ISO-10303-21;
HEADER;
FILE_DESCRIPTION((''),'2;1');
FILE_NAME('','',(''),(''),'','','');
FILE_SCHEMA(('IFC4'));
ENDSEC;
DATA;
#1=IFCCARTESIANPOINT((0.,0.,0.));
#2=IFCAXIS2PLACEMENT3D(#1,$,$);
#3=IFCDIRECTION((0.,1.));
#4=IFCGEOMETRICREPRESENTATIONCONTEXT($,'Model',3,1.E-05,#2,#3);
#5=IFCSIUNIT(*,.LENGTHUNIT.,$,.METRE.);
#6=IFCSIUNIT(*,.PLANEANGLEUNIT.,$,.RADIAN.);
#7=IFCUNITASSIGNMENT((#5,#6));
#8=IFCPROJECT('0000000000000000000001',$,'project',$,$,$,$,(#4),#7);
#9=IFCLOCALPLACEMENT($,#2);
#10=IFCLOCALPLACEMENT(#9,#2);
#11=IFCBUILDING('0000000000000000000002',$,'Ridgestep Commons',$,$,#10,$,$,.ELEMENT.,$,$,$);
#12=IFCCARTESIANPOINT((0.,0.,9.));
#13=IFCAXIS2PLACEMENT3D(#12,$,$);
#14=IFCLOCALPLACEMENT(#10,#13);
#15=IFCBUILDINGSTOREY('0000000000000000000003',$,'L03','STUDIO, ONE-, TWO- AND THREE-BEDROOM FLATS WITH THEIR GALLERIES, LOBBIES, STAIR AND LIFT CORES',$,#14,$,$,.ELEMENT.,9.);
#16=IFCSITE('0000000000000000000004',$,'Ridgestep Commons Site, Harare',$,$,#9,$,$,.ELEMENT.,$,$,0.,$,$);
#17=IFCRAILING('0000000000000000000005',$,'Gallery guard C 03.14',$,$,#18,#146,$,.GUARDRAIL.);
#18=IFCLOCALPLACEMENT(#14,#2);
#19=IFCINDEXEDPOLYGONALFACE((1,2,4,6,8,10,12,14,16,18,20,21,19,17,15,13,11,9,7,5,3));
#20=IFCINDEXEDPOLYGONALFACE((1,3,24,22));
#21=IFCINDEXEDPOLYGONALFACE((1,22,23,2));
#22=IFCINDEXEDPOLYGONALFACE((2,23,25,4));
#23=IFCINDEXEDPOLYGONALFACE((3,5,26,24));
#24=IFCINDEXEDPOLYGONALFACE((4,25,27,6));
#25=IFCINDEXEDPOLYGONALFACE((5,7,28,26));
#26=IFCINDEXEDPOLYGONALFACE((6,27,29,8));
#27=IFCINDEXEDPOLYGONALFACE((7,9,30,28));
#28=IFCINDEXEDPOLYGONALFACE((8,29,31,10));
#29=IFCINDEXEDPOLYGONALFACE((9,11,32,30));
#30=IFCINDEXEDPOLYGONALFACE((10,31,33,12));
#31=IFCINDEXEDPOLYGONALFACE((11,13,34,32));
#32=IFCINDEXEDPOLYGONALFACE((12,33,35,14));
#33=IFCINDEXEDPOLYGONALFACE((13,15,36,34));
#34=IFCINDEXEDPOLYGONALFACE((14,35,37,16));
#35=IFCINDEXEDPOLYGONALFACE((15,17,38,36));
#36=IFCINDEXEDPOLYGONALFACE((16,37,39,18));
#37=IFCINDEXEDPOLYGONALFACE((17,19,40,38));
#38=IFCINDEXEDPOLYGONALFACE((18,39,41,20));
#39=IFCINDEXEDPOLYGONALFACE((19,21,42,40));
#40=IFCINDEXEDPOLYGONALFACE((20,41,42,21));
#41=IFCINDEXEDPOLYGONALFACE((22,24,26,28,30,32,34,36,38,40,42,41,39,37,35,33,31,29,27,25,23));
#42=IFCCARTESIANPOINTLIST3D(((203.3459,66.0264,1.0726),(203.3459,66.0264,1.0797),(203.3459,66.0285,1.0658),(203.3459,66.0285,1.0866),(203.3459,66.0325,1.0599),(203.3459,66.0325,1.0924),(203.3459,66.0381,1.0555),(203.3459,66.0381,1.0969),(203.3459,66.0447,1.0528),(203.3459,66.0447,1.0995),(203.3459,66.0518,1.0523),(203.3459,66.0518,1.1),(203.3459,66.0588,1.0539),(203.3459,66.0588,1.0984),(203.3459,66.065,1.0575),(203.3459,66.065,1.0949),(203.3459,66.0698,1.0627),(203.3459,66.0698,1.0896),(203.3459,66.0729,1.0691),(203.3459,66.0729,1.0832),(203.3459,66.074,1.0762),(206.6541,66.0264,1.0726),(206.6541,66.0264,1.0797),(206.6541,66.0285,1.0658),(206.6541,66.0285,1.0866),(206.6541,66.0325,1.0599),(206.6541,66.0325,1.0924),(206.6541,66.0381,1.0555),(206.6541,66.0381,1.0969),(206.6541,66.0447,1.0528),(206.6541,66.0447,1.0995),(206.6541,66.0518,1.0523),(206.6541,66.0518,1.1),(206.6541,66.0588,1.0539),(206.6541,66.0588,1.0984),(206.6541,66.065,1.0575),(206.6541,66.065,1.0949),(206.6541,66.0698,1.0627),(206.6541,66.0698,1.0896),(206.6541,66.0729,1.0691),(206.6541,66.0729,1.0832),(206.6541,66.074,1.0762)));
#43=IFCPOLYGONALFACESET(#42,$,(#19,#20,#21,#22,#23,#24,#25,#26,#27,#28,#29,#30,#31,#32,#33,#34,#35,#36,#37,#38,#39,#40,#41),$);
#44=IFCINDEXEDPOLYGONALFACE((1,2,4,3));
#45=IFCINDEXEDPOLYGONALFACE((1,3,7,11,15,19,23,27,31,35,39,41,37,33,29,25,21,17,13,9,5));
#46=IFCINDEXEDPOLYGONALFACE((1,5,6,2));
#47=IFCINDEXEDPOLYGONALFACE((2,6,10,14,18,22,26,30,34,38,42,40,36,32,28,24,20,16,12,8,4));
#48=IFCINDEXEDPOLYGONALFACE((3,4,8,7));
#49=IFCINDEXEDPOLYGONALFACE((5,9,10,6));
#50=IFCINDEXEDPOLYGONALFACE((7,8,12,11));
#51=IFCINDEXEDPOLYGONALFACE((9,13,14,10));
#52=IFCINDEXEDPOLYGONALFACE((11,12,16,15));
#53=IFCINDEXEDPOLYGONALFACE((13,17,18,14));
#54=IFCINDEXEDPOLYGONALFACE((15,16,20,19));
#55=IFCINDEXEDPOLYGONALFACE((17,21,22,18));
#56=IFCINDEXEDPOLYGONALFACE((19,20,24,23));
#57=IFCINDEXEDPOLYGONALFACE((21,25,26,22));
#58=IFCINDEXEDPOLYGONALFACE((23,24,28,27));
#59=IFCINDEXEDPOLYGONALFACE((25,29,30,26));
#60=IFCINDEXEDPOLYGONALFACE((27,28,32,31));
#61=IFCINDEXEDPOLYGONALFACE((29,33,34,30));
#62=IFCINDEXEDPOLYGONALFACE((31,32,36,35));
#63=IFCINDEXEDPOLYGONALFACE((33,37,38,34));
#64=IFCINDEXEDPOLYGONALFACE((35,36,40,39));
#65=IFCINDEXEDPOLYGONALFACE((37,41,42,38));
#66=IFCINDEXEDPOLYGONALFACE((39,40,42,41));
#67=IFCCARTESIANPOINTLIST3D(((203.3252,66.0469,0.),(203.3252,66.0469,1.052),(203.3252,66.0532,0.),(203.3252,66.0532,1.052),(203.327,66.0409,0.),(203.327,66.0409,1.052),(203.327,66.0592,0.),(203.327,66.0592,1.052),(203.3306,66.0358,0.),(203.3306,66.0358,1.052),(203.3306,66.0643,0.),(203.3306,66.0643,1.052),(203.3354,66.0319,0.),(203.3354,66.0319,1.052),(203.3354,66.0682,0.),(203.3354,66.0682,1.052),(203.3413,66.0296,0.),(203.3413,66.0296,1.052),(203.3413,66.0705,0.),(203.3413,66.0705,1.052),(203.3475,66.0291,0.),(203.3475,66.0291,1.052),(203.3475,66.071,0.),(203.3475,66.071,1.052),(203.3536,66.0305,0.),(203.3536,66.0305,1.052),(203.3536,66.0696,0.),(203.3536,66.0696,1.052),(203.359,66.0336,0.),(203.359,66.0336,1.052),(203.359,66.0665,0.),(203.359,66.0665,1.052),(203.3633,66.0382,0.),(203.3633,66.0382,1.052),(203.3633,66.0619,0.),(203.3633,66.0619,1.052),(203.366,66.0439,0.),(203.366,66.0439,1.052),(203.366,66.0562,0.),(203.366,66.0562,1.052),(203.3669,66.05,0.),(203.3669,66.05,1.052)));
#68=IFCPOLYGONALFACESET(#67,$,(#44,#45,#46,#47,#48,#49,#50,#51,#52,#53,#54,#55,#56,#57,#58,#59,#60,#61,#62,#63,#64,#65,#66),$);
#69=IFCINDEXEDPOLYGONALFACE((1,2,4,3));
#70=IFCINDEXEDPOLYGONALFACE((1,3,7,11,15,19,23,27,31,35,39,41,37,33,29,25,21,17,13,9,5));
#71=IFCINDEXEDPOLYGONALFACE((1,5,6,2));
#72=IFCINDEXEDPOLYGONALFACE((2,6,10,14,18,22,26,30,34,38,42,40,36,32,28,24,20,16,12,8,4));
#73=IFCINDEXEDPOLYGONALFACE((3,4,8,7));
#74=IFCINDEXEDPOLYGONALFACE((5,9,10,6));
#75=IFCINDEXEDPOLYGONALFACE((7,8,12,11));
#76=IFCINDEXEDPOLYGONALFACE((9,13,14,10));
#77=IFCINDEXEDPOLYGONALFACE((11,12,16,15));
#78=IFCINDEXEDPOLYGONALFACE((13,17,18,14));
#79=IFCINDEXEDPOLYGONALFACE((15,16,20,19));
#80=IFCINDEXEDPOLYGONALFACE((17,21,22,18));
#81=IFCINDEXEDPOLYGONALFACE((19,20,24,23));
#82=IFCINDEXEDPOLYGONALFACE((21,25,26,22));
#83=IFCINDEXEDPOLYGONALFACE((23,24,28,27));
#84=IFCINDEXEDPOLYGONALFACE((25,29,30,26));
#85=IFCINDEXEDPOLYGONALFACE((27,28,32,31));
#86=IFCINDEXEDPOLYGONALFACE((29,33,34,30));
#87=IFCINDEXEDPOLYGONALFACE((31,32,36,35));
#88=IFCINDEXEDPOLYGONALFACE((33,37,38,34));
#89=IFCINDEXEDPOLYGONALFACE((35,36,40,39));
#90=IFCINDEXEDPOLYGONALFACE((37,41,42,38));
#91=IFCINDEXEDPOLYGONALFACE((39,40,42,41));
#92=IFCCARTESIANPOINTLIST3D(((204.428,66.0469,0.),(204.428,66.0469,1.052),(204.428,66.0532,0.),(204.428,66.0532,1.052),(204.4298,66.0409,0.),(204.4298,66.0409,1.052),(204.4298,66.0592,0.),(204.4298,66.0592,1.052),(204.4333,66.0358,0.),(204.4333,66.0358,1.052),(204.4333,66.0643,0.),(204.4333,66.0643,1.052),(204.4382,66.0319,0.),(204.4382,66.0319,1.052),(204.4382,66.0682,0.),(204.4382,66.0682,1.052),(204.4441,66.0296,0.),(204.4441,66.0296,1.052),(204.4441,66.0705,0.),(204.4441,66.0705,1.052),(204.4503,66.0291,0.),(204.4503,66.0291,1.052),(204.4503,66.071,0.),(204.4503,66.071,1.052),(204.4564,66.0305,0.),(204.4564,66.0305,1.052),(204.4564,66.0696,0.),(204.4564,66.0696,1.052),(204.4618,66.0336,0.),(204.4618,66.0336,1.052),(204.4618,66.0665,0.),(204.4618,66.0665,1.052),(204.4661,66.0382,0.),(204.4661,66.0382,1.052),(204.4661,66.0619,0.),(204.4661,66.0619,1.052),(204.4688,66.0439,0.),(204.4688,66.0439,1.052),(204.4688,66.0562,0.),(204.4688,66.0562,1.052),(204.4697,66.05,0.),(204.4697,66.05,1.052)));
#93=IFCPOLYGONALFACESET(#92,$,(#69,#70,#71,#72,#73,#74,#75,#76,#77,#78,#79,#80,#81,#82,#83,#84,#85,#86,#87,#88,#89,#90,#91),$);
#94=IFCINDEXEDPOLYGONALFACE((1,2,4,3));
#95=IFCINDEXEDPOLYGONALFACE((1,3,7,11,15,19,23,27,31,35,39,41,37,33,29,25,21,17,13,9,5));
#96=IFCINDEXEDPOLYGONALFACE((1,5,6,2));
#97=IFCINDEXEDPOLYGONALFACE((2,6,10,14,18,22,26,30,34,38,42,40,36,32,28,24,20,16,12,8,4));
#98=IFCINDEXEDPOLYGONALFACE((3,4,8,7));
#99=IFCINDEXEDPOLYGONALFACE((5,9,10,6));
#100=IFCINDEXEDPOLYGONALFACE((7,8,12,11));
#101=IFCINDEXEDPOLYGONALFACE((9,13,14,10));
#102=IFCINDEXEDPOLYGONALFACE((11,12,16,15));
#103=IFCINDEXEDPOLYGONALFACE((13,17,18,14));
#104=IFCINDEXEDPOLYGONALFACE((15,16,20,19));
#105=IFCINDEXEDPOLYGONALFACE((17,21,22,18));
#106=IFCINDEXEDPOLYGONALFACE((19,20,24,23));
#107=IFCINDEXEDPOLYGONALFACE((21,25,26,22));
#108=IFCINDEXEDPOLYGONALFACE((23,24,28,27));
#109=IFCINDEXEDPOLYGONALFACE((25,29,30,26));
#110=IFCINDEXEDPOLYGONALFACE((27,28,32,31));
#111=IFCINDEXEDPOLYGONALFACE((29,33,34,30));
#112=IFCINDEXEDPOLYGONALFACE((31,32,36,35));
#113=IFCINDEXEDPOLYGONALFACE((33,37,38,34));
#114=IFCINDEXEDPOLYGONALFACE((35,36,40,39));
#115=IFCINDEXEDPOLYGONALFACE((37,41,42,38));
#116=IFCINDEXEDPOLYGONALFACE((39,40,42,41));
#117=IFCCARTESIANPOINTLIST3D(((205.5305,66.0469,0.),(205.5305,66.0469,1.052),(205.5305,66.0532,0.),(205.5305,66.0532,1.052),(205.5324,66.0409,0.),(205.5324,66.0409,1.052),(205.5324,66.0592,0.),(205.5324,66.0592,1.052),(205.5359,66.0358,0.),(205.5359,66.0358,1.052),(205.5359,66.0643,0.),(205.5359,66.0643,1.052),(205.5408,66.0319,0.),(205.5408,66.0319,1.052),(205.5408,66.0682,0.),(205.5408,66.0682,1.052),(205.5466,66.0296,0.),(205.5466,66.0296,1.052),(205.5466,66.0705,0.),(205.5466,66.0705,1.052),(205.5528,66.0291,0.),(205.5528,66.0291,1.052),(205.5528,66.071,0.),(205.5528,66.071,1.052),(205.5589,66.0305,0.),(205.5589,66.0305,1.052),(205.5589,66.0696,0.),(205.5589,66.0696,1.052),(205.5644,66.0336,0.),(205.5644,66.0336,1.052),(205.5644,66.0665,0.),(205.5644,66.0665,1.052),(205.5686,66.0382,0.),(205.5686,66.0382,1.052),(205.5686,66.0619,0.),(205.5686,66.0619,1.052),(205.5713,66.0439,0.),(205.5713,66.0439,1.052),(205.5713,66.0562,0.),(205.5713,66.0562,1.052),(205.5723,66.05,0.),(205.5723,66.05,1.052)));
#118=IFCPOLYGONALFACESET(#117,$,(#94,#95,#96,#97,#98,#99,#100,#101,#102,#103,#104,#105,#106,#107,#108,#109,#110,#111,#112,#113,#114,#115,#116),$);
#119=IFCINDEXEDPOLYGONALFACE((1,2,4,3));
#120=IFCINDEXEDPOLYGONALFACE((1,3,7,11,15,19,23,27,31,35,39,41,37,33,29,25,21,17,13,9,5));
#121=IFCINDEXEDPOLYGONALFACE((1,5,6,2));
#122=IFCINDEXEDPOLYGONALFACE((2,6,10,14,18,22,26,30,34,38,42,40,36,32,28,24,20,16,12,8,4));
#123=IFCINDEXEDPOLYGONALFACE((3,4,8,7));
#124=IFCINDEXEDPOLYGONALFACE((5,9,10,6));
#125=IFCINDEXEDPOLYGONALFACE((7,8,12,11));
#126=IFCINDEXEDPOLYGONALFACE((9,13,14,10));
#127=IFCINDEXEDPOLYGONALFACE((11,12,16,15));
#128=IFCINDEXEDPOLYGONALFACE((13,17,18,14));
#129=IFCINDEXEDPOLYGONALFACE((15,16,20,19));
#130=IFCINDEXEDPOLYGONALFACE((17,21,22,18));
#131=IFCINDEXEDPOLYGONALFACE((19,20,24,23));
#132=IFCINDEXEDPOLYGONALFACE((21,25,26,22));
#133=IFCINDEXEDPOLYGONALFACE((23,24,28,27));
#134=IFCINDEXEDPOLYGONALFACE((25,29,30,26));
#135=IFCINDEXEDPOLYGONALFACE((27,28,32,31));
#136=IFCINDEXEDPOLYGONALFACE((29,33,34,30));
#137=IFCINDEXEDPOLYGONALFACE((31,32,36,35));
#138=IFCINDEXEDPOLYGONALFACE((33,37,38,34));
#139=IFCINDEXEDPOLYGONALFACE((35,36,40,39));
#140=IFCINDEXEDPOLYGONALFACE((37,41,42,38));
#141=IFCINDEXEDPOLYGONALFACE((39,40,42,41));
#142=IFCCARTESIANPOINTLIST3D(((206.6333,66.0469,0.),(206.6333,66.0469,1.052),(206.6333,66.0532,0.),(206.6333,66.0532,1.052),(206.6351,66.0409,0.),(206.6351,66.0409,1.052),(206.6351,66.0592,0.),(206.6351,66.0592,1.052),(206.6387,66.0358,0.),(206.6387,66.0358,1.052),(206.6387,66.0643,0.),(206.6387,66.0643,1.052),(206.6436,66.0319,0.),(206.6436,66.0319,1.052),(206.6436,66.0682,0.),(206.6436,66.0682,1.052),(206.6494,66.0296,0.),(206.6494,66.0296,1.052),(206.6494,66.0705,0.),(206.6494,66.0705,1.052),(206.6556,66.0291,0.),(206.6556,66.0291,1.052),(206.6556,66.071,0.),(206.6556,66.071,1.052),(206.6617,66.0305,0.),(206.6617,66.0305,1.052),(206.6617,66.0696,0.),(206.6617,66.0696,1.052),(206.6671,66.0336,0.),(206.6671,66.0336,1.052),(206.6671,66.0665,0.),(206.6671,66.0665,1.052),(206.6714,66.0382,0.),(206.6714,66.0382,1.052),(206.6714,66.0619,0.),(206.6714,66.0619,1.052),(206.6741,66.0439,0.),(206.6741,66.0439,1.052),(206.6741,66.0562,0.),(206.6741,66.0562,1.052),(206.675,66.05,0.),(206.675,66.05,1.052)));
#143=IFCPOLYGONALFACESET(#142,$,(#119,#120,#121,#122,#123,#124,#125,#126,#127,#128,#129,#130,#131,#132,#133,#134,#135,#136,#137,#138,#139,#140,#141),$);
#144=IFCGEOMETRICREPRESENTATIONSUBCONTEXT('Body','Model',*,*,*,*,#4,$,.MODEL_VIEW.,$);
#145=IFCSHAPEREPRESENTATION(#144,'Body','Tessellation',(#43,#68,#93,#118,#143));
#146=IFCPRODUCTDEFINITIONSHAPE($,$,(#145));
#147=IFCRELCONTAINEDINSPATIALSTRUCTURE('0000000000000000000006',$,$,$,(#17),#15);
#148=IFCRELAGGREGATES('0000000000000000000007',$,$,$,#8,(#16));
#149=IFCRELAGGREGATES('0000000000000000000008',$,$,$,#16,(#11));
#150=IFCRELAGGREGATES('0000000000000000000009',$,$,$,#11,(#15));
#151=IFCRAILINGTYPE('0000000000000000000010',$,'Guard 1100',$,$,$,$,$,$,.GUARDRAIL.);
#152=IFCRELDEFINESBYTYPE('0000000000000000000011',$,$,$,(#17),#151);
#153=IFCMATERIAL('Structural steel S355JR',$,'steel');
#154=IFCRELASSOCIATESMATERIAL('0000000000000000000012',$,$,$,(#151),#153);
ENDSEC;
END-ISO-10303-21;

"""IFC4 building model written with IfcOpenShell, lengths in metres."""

from ifc_helpers import new_model, si_unit, direction, frame, origin, origin_2d, place, context, subcontext, project, spatial, circle, extrude, material, type_object, element, save


model = new_model("IFC4")

# Units and contexts
model_context = context("Model", 3, precision=1e-05, world=origin(), true_north=direction((0.0, 1.0)))
body_context = subcontext(model_context, "Body", "Model", "MODEL_VIEW")
ifc_project = project(units=[si_unit("LENGTHUNIT", "METRE"), si_unit("PLANEANGLEUNIT", "RADIAN")], contexts=[model_context])

# Site, building, storey
site_placement = place(None, origin())
site = spatial("IfcSite", under=ifc_project, at=site_placement, Name="Ridgestep Commons Site, Harare", CompositionType="ELEMENT", RefElevation=0.0)
building_placement = place(site_placement, origin())
building = spatial("IfcBuilding", under=site, at=building_placement, Name="Ridgestep Commons", CompositionType="ELEMENT")
storey_placement = place(building_placement, frame((0.0, 0.0, 9.0)))
storey = spatial("IfcBuildingStorey", under=building, at=storey_placement, Name="L03", Description="STUDIO, ONE-, TWO- AND THREE-BEDROOM FLATS WITH THEIR GALLERIES, LOBBIES, STAIR AND LIFT CORES", CompositionType="ELEMENT", Elevation=9.0)

# Railing
ifc_material_1 = material(Name="Structural steel S355JR", Category="steel")
railing_type = type_object("IfcRailingType", Name="Guard 1100", PredefinedType="GUARDRAIL", material=ifc_material_1)
railing_1_placement = place(storey_placement, frame((203.3459, 66.05, 0.0)))
element("IfcRailing", 1, at=railing_1_placement, inside=storey, type_object=railing_type, Name="Gallery guard C 03.14", PredefinedType="GUARDRAIL", context=body_context, shape_type="SweptSolid", body=[
    extrude(circle(Radius=0.0239, at=origin_2d()), frame((0.0, 0.0, 1.0762), z_axis=(1.0, 0.0, 0.0), x_axis=(0.0, 1.0, 0.0)), (0.0, 0.0, 1.0), 3.3081),
    extrude(circle(Radius=0.021, at=origin_2d()), origin(), (0.0, 0.0, 1.0), 1.052),
    extrude(circle(Radius=0.021, at=origin_2d()), frame((1.1028, 0.0, 0.0)), (0.0, 0.0, 1.0), 1.052),
    extrude(circle(Radius=0.021, at=origin_2d()), frame((2.2053, 0.0, 0.0)), (0.0, 0.0, 1.0), 1.052),
    extrude(circle(Radius=0.021, at=origin_2d()), frame((3.3081, 0.0, 0.0)), (0.0, 0.0, 1.0), 1.052),
])

save(model, "model.ifc")
